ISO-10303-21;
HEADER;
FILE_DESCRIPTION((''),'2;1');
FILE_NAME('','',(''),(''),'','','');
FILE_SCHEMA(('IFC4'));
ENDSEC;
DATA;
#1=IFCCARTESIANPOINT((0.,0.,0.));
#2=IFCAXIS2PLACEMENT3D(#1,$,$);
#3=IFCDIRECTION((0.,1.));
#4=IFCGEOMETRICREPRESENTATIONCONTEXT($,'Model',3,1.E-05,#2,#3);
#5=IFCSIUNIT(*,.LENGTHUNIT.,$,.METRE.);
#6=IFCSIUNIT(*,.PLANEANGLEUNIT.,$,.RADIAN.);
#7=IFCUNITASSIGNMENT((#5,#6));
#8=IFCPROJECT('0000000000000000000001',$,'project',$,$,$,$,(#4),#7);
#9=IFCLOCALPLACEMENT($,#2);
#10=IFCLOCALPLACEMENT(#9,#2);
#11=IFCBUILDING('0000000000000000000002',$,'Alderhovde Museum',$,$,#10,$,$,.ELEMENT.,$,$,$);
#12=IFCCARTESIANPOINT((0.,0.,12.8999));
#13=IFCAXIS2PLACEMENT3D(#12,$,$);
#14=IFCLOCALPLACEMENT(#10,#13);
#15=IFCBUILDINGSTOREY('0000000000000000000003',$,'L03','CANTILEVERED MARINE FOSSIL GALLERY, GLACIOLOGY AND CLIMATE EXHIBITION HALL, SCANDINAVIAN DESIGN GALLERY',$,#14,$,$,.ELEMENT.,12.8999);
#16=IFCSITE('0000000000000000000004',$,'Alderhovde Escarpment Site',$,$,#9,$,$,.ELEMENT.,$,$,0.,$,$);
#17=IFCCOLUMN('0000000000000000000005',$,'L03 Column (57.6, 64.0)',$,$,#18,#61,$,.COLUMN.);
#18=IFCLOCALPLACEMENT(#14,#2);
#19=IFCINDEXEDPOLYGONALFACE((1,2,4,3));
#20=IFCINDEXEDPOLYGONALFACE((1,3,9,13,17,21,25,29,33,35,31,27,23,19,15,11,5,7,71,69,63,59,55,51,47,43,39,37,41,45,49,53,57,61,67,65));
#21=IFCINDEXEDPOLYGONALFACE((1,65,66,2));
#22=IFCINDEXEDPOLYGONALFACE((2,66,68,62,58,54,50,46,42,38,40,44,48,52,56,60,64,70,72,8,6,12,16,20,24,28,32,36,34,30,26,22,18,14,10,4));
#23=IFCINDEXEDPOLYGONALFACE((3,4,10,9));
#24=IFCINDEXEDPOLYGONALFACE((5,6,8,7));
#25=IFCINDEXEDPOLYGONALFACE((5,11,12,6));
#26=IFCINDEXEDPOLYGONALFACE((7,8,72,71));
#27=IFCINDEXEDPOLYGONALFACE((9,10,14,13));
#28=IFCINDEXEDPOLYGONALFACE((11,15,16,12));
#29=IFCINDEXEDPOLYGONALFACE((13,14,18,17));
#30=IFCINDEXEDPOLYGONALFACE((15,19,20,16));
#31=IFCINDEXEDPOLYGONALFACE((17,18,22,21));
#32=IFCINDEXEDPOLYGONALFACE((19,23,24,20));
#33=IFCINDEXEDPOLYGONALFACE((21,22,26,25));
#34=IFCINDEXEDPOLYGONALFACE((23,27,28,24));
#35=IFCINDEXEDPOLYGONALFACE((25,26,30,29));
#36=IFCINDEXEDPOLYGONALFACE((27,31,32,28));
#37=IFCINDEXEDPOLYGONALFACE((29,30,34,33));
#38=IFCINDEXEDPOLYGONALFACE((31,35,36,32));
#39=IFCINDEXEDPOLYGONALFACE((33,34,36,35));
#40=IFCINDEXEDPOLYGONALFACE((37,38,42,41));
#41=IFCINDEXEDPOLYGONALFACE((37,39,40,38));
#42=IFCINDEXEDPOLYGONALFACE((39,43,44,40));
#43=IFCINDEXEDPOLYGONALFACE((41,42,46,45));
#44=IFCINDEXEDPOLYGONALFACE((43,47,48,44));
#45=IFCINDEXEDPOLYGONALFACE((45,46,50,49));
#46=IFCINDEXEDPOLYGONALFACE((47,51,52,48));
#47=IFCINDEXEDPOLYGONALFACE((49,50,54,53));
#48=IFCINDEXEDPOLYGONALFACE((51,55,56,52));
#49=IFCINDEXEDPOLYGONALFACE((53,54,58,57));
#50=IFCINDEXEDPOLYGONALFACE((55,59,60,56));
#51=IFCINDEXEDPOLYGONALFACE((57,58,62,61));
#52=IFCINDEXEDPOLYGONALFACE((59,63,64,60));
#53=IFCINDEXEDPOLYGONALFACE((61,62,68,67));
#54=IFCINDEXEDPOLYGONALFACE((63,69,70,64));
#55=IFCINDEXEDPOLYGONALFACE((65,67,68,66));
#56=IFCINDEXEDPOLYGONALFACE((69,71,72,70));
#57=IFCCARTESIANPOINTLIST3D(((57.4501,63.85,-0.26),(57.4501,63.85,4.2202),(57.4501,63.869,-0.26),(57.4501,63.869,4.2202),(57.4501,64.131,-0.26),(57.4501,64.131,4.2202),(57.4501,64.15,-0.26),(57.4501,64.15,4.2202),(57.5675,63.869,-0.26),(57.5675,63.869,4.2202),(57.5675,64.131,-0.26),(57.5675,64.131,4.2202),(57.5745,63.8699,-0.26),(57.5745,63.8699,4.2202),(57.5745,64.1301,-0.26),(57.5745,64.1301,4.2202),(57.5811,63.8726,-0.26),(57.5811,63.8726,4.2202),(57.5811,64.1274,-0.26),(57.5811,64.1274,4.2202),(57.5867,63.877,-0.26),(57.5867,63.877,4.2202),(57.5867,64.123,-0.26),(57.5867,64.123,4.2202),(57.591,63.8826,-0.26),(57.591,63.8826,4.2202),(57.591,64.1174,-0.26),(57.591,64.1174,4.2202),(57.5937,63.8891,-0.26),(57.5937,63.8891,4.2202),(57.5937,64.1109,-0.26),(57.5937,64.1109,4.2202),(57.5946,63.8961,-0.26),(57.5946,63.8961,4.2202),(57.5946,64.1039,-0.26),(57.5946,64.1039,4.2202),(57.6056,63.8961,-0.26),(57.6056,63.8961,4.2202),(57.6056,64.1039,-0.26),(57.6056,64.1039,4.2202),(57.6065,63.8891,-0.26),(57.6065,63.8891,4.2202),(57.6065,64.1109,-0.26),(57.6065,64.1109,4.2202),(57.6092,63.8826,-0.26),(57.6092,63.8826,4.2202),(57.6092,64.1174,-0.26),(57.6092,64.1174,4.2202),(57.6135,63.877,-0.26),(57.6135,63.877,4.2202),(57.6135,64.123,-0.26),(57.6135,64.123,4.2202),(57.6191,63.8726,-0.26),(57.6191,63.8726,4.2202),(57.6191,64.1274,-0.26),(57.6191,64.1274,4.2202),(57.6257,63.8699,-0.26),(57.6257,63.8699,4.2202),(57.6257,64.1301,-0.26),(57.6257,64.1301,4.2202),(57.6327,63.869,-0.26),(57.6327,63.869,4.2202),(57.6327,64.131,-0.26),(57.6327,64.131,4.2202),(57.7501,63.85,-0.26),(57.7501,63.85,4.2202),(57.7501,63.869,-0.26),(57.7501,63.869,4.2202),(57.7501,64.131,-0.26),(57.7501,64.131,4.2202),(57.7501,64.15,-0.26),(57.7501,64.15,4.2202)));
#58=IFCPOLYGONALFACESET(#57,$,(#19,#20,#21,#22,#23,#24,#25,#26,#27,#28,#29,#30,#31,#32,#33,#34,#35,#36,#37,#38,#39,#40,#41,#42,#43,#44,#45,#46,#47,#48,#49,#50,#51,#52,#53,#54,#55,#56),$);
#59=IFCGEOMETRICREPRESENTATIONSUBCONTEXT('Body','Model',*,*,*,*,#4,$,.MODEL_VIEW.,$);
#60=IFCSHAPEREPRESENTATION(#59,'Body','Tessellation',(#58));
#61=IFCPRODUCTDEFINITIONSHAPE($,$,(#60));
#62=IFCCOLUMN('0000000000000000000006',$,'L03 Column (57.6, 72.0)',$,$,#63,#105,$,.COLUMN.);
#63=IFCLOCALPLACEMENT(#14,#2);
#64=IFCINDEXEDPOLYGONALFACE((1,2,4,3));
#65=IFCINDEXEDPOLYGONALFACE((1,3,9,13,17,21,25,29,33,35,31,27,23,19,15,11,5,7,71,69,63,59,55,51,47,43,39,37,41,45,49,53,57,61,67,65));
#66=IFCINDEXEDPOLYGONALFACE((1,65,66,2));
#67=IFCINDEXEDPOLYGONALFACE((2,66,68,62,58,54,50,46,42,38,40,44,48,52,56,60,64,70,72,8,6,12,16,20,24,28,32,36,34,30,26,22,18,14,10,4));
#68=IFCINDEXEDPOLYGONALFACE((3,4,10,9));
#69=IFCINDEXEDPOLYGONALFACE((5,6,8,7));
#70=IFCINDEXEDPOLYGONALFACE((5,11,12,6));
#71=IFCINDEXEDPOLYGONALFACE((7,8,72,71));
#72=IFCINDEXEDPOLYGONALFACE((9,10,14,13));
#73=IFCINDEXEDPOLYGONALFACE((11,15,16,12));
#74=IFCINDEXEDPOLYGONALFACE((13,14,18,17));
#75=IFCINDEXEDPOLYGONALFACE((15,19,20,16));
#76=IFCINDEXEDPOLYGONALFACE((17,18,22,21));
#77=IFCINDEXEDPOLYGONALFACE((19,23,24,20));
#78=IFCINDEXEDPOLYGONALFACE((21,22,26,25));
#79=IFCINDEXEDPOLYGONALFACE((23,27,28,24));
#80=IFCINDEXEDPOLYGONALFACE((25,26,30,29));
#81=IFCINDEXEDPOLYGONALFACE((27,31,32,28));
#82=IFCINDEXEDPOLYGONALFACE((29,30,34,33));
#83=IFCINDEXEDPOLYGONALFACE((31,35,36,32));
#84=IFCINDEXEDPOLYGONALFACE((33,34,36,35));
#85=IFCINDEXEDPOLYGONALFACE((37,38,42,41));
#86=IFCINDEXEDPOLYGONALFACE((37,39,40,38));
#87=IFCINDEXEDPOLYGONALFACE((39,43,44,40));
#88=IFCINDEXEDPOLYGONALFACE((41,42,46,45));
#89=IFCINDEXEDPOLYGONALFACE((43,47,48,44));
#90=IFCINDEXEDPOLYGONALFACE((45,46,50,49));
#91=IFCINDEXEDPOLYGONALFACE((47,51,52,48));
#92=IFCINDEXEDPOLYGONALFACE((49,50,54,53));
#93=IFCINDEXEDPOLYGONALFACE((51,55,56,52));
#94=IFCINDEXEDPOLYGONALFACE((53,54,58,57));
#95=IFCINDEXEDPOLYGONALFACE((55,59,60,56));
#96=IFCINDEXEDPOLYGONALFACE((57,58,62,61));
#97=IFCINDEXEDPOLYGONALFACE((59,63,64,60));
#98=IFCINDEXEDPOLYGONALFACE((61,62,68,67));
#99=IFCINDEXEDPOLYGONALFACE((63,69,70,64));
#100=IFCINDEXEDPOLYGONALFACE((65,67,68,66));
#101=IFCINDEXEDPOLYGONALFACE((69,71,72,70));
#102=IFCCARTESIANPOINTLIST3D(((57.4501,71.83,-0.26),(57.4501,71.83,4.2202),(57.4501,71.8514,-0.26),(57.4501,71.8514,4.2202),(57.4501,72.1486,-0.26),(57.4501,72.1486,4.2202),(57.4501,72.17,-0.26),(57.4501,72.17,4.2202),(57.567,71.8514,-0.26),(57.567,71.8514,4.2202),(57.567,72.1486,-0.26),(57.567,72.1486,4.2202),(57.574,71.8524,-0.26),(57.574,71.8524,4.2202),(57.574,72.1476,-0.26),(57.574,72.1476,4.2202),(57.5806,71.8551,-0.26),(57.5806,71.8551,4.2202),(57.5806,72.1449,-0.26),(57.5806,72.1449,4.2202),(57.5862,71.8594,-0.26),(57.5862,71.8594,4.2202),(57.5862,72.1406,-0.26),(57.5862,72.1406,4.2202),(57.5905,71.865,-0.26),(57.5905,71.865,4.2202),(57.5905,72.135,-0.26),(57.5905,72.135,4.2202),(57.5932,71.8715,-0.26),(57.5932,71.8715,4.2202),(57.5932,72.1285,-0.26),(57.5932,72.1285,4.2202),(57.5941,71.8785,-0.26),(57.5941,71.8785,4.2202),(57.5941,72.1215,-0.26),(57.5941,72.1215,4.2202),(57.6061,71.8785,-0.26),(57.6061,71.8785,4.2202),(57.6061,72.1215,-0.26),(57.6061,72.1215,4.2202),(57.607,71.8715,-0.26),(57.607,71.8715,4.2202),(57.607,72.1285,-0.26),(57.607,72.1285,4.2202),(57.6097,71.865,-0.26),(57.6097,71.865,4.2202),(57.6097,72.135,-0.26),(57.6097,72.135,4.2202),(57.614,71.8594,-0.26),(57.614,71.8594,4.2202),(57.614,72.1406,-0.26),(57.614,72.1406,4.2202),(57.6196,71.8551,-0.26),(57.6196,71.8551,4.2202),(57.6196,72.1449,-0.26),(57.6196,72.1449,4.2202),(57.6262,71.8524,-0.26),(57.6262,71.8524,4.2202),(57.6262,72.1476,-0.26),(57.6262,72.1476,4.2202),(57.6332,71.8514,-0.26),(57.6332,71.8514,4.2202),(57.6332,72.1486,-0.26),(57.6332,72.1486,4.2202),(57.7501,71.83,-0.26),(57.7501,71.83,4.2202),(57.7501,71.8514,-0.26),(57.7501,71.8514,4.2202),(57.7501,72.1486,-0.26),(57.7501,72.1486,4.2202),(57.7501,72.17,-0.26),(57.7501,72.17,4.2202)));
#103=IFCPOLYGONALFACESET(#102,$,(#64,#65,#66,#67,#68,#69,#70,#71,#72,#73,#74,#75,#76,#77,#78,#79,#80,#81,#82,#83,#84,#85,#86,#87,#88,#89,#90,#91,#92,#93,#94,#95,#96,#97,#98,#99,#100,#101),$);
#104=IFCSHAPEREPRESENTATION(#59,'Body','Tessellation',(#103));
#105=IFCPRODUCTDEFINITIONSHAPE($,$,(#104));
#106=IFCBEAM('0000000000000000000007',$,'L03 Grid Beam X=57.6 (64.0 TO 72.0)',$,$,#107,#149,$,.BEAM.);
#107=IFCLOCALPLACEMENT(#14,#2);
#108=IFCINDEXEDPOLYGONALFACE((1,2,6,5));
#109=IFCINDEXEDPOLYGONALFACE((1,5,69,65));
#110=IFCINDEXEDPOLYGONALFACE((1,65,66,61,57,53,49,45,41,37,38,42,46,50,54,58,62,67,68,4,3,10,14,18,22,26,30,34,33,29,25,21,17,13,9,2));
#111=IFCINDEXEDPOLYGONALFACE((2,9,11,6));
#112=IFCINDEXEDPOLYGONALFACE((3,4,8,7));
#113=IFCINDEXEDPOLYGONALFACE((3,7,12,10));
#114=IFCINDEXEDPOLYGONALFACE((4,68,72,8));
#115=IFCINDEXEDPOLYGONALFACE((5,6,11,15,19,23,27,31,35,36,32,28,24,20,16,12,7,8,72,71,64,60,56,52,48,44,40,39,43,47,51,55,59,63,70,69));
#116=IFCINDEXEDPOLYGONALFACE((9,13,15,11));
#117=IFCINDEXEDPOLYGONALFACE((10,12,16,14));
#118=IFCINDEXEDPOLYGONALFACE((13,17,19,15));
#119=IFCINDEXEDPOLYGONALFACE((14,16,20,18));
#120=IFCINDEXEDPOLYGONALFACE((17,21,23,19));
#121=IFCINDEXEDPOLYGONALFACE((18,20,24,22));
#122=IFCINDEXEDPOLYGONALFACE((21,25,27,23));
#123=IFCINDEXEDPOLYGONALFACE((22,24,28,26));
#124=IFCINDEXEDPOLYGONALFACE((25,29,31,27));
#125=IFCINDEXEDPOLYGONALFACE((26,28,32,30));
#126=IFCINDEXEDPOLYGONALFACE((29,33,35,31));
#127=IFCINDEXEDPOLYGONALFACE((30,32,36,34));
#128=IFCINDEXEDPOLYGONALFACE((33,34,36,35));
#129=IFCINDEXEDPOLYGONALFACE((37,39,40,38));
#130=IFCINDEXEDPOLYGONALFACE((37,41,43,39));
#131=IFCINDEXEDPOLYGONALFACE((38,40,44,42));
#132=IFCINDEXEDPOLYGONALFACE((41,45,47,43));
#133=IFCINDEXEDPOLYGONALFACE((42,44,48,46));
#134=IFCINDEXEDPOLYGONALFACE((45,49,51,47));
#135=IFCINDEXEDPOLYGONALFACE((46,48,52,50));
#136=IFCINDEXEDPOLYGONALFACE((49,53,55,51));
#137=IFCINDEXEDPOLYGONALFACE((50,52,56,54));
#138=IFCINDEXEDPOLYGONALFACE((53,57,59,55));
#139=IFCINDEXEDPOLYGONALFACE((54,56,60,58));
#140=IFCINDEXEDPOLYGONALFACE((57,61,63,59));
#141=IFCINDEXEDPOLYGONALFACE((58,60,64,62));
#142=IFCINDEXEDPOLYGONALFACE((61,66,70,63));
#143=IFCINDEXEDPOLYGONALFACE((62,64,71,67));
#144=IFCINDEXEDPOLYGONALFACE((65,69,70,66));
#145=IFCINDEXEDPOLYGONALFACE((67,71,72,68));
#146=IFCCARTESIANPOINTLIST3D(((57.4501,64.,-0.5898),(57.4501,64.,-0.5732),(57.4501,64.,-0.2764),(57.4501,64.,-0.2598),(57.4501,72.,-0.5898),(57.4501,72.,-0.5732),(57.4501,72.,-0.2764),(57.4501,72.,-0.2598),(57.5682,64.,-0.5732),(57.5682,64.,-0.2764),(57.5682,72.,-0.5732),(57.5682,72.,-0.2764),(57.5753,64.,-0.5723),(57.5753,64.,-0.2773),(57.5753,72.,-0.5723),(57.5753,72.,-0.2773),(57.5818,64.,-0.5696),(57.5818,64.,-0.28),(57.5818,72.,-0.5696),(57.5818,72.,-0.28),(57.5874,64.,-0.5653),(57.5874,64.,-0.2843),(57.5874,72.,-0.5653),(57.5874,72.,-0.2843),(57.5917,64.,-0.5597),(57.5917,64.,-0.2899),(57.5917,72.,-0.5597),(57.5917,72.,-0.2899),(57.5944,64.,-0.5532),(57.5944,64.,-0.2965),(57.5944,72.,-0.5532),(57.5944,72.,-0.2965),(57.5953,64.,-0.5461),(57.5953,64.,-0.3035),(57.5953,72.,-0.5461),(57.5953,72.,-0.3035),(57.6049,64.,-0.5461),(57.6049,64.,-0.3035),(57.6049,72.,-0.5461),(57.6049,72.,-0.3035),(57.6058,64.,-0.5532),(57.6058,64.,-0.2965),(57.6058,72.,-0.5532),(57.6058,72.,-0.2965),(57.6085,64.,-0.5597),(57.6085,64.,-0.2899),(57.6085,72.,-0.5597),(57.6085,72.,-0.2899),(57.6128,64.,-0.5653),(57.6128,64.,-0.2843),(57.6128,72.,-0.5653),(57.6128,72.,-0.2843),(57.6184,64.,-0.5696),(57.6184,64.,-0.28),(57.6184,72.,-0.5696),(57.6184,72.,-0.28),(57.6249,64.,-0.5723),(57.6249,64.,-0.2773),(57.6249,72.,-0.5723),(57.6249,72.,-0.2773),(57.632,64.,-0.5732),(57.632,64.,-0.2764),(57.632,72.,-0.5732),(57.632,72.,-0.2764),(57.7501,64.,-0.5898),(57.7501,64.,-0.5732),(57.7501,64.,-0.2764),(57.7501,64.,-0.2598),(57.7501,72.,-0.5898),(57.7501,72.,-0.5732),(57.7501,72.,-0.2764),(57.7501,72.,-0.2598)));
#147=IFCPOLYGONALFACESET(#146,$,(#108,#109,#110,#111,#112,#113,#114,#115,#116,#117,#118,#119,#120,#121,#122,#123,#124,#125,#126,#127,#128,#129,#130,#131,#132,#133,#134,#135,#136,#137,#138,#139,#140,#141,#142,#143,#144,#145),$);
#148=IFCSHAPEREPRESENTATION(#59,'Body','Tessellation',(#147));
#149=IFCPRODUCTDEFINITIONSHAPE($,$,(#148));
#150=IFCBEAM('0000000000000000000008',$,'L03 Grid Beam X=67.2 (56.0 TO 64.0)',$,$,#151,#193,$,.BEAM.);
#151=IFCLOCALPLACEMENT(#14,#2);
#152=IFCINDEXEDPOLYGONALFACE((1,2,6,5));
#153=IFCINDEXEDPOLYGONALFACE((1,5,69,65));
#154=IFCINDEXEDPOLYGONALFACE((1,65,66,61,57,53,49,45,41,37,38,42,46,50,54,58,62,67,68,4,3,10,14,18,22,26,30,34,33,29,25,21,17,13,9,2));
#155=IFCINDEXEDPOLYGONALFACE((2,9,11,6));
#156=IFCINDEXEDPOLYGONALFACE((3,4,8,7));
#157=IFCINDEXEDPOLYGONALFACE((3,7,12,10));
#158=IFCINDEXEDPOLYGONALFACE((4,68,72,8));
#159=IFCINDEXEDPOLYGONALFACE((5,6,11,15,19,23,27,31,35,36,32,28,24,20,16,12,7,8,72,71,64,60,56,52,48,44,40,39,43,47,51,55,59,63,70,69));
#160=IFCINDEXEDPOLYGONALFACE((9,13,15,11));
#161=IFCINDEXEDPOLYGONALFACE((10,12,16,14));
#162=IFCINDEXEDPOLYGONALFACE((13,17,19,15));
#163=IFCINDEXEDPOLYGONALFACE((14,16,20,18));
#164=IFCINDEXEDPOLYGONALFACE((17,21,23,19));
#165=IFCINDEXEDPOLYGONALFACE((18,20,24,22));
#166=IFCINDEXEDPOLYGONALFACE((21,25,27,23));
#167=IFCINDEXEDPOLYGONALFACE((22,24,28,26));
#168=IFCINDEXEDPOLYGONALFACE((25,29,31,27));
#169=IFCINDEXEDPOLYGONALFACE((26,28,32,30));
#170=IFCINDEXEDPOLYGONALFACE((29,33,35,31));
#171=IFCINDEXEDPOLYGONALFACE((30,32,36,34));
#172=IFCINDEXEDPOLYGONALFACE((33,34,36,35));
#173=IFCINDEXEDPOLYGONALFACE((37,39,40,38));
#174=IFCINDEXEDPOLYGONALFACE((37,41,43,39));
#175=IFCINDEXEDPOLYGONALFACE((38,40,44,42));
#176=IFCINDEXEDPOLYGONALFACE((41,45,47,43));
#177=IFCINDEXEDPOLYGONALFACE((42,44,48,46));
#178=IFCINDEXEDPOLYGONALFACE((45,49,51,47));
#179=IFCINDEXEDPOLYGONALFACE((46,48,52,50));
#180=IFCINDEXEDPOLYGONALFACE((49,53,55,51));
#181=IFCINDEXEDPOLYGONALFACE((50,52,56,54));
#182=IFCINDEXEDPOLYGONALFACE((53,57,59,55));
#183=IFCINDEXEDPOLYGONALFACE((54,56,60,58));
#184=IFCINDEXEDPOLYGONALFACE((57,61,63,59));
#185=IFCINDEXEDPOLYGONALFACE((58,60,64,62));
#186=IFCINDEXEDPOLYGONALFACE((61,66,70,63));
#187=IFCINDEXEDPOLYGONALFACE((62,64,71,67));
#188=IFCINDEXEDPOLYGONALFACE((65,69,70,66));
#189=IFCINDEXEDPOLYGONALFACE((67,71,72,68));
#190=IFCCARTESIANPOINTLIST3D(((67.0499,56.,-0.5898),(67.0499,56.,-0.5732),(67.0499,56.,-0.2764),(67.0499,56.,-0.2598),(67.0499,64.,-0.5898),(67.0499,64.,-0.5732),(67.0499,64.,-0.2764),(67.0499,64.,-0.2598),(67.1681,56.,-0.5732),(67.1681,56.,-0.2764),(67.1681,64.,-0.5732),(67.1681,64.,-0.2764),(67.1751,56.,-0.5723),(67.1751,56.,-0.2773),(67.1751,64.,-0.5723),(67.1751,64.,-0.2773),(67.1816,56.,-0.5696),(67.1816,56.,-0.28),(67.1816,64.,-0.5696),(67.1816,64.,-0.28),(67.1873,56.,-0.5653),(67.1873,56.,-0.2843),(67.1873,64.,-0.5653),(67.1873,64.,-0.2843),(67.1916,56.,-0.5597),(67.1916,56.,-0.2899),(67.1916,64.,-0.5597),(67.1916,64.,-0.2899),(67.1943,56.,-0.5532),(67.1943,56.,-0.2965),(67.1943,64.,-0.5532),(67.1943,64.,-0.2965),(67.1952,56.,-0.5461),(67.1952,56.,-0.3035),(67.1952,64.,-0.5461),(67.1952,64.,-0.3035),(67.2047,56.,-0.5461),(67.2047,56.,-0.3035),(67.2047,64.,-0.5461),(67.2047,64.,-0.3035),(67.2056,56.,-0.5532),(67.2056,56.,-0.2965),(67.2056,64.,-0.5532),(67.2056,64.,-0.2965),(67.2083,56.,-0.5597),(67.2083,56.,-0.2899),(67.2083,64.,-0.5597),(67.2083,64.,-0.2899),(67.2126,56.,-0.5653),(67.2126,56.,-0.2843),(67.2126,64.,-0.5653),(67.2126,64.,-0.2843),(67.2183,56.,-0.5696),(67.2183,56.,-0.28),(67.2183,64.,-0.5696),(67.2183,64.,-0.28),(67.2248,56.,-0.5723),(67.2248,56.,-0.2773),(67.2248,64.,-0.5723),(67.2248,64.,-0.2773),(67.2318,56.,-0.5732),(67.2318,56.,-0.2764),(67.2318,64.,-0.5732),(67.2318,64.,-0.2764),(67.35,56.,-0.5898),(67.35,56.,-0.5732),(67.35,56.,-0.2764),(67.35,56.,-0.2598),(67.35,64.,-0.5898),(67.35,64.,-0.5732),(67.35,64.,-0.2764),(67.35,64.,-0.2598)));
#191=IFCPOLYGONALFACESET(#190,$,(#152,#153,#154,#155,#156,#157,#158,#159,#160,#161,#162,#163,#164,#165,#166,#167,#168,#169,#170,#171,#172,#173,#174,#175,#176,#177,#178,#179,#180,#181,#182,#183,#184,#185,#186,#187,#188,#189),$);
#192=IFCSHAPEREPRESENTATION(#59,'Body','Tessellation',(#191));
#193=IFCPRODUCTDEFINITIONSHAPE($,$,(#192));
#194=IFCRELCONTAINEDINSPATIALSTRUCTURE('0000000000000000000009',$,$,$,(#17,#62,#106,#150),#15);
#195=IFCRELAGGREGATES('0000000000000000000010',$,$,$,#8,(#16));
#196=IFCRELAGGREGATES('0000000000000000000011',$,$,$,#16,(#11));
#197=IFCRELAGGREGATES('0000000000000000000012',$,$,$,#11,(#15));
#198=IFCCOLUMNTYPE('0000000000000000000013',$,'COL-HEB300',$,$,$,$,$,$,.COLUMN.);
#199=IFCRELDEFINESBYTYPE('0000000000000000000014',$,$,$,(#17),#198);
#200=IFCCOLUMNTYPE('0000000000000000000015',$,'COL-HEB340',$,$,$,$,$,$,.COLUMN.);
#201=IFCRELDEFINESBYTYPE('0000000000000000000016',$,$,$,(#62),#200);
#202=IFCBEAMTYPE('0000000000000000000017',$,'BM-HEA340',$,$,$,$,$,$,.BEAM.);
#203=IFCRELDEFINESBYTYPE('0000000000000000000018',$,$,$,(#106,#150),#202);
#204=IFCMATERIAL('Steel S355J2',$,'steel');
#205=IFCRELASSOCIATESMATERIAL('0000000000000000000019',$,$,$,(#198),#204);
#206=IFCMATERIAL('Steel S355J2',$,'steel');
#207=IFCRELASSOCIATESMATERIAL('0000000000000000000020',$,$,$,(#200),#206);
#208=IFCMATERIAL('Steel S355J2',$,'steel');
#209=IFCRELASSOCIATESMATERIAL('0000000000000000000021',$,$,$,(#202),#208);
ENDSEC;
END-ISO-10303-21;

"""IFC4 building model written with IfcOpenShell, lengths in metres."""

from ifc_helpers import new_model, si_unit, direction, frame, origin, origin_2d, place, context, subcontext, project, spatial, i_section, extrude, material, material_profile, profile_set, type_object, element, save


model = new_model("IFC4")

# Units and contexts
model_context = context("Model", 3, precision=1e-05, world=origin(), true_north=direction((0.0, 1.0)))
body_context = subcontext(model_context, "Body", "Model", "MODEL_VIEW")
ifc_project = project(units=[si_unit("LENGTHUNIT", "METRE"), si_unit("PLANEANGLEUNIT", "RADIAN")], contexts=[model_context])

# Site, building, storey
site_placement = place(None, origin())
site = spatial("IfcSite", under=ifc_project, at=site_placement, Name="Alderhovde Escarpment Site", CompositionType="ELEMENT", RefElevation=0.0)
building_placement = place(site_placement, origin())
building = spatial("IfcBuilding", under=site, at=building_placement, Name="Alderhovde Museum", CompositionType="ELEMENT")
storey_placement = place(building_placement, frame((0.0, 0.0, 12.8999)))
storey = spatial("IfcBuildingStorey", under=building, at=storey_placement, Name="L03", Description="CANTILEVERED MARINE FOSSIL GALLERY, GLACIOLOGY AND CLIMATE EXHIBITION HALL, SCANDINAVIAN DESIGN GALLERY", CompositionType="ELEMENT", Elevation=12.8999)

# Columns
ifc_material_1 = material(Name="Steel S355J2", Category="steel")
ifc_material_profile_1 = material_profile(ifc_material_1, i_section(OverallWidth=0.3, OverallDepth=0.3, WebThickness=0.011, FlangeThickness=0.019, FilletRadius=0.0271, at=origin_2d()), Name="HEB 300")
ifc_profile_set_1 = profile_set([ifc_material_profile_1], Name="Steel S355J2")
column_type_1 = type_object("IfcColumnType", Name="COL-HEB300", PredefinedType="COLUMN", material=ifc_profile_set_1)
column_1_placement = place(storey_placement, frame((57.6001, 64.0, -0.26), z_axis=(0.0, 0.0, 1.0), x_axis=(1.0, 0.0, 0.0)))
element("IfcColumn", 1, at=column_1_placement, inside=storey, type_object=column_type_1, Name="L03 Column (57.6, 64.0)", PredefinedType="COLUMN", context=body_context, shape_type="SweptSolid", body=[
    extrude(i_section(OverallWidth=0.3, OverallDepth=0.3, WebThickness=0.011, FlangeThickness=0.019, FilletRadius=0.0271, at=origin_2d()), origin(), (0.0, 0.0, 1.0), 4.4802),
])
ifc_material_2 = material(Name="Steel S355J2", Category="steel")
ifc_material_profile_2 = material_profile(ifc_material_2, i_section(OverallWidth=0.3, OverallDepth=0.3401, WebThickness=0.012, FlangeThickness=0.0215, FilletRadius=0.0271, at=origin_2d()), Name="HEB 340")
ifc_profile_set_2 = profile_set([ifc_material_profile_2], Name="Steel S355J2")
column_type_2 = type_object("IfcColumnType", Name="COL-HEB340", PredefinedType="COLUMN", material=ifc_profile_set_2)
column_2_placement = place(storey_placement, frame((57.6001, 72.0, -0.26), z_axis=(0.0, 0.0, 1.0), x_axis=(1.0, 0.0, 0.0)))
element("IfcColumn", 2, at=column_2_placement, inside=storey, type_object=column_type_2, Name="L03 Column (57.6, 72.0)", PredefinedType="COLUMN", context=body_context, shape_type="SweptSolid", body=[
    extrude(i_section(OverallWidth=0.3, OverallDepth=0.3401, WebThickness=0.012, FlangeThickness=0.0215, FilletRadius=0.0271, at=origin_2d()), origin(), (0.0, 0.0, 1.0), 4.4802),
])

# Beams
ifc_material_3 = material(Name="Steel S355J2", Category="steel")
ifc_material_profile_3 = material_profile(ifc_material_3, i_section(OverallWidth=0.3, OverallDepth=0.3301, WebThickness=0.0095, FlangeThickness=0.0166, FilletRadius=0.0271, at=origin_2d()), Name="HEA 340")
ifc_profile_set_3 = profile_set([ifc_material_profile_3], Name="Steel S355J2")
beam_type_1 = type_object("IfcBeamType", Name="BM-HEA340", PredefinedType="BEAM", material=ifc_profile_set_3)
for number, where, z_axis, x_axis, name in (
    (3, (57.6001, 64.0, -0.4248), (0.0, 1.0, 0.0), (-1.0, 0.0, 0.0), "L03 Grid Beam X=57.6 (64.0 TO 72.0)"),
    (4, (67.2, 56.0, -0.4248), (0.0, 1.0, 0.0), (-1.0, 0.0, 0.0), "L03 Grid Beam X=67.2 (56.0 TO 64.0)"),
):
    element("IfcBeam", number, at=place(storey_placement, frame(where, z_axis=z_axis, x_axis=x_axis)), inside=storey, type_object=beam_type_1, Name=name, PredefinedType="BEAM", context=body_context, shape_type="SweptSolid", body=[
        extrude(i_section(OverallWidth=0.3, OverallDepth=0.3301, WebThickness=0.0095, FlangeThickness=0.0166, FilletRadius=0.0271, at=origin_2d()), origin(), (0.0, 0.0, 1.0), 8.0),
    ])

save(model, "model.ifc")
